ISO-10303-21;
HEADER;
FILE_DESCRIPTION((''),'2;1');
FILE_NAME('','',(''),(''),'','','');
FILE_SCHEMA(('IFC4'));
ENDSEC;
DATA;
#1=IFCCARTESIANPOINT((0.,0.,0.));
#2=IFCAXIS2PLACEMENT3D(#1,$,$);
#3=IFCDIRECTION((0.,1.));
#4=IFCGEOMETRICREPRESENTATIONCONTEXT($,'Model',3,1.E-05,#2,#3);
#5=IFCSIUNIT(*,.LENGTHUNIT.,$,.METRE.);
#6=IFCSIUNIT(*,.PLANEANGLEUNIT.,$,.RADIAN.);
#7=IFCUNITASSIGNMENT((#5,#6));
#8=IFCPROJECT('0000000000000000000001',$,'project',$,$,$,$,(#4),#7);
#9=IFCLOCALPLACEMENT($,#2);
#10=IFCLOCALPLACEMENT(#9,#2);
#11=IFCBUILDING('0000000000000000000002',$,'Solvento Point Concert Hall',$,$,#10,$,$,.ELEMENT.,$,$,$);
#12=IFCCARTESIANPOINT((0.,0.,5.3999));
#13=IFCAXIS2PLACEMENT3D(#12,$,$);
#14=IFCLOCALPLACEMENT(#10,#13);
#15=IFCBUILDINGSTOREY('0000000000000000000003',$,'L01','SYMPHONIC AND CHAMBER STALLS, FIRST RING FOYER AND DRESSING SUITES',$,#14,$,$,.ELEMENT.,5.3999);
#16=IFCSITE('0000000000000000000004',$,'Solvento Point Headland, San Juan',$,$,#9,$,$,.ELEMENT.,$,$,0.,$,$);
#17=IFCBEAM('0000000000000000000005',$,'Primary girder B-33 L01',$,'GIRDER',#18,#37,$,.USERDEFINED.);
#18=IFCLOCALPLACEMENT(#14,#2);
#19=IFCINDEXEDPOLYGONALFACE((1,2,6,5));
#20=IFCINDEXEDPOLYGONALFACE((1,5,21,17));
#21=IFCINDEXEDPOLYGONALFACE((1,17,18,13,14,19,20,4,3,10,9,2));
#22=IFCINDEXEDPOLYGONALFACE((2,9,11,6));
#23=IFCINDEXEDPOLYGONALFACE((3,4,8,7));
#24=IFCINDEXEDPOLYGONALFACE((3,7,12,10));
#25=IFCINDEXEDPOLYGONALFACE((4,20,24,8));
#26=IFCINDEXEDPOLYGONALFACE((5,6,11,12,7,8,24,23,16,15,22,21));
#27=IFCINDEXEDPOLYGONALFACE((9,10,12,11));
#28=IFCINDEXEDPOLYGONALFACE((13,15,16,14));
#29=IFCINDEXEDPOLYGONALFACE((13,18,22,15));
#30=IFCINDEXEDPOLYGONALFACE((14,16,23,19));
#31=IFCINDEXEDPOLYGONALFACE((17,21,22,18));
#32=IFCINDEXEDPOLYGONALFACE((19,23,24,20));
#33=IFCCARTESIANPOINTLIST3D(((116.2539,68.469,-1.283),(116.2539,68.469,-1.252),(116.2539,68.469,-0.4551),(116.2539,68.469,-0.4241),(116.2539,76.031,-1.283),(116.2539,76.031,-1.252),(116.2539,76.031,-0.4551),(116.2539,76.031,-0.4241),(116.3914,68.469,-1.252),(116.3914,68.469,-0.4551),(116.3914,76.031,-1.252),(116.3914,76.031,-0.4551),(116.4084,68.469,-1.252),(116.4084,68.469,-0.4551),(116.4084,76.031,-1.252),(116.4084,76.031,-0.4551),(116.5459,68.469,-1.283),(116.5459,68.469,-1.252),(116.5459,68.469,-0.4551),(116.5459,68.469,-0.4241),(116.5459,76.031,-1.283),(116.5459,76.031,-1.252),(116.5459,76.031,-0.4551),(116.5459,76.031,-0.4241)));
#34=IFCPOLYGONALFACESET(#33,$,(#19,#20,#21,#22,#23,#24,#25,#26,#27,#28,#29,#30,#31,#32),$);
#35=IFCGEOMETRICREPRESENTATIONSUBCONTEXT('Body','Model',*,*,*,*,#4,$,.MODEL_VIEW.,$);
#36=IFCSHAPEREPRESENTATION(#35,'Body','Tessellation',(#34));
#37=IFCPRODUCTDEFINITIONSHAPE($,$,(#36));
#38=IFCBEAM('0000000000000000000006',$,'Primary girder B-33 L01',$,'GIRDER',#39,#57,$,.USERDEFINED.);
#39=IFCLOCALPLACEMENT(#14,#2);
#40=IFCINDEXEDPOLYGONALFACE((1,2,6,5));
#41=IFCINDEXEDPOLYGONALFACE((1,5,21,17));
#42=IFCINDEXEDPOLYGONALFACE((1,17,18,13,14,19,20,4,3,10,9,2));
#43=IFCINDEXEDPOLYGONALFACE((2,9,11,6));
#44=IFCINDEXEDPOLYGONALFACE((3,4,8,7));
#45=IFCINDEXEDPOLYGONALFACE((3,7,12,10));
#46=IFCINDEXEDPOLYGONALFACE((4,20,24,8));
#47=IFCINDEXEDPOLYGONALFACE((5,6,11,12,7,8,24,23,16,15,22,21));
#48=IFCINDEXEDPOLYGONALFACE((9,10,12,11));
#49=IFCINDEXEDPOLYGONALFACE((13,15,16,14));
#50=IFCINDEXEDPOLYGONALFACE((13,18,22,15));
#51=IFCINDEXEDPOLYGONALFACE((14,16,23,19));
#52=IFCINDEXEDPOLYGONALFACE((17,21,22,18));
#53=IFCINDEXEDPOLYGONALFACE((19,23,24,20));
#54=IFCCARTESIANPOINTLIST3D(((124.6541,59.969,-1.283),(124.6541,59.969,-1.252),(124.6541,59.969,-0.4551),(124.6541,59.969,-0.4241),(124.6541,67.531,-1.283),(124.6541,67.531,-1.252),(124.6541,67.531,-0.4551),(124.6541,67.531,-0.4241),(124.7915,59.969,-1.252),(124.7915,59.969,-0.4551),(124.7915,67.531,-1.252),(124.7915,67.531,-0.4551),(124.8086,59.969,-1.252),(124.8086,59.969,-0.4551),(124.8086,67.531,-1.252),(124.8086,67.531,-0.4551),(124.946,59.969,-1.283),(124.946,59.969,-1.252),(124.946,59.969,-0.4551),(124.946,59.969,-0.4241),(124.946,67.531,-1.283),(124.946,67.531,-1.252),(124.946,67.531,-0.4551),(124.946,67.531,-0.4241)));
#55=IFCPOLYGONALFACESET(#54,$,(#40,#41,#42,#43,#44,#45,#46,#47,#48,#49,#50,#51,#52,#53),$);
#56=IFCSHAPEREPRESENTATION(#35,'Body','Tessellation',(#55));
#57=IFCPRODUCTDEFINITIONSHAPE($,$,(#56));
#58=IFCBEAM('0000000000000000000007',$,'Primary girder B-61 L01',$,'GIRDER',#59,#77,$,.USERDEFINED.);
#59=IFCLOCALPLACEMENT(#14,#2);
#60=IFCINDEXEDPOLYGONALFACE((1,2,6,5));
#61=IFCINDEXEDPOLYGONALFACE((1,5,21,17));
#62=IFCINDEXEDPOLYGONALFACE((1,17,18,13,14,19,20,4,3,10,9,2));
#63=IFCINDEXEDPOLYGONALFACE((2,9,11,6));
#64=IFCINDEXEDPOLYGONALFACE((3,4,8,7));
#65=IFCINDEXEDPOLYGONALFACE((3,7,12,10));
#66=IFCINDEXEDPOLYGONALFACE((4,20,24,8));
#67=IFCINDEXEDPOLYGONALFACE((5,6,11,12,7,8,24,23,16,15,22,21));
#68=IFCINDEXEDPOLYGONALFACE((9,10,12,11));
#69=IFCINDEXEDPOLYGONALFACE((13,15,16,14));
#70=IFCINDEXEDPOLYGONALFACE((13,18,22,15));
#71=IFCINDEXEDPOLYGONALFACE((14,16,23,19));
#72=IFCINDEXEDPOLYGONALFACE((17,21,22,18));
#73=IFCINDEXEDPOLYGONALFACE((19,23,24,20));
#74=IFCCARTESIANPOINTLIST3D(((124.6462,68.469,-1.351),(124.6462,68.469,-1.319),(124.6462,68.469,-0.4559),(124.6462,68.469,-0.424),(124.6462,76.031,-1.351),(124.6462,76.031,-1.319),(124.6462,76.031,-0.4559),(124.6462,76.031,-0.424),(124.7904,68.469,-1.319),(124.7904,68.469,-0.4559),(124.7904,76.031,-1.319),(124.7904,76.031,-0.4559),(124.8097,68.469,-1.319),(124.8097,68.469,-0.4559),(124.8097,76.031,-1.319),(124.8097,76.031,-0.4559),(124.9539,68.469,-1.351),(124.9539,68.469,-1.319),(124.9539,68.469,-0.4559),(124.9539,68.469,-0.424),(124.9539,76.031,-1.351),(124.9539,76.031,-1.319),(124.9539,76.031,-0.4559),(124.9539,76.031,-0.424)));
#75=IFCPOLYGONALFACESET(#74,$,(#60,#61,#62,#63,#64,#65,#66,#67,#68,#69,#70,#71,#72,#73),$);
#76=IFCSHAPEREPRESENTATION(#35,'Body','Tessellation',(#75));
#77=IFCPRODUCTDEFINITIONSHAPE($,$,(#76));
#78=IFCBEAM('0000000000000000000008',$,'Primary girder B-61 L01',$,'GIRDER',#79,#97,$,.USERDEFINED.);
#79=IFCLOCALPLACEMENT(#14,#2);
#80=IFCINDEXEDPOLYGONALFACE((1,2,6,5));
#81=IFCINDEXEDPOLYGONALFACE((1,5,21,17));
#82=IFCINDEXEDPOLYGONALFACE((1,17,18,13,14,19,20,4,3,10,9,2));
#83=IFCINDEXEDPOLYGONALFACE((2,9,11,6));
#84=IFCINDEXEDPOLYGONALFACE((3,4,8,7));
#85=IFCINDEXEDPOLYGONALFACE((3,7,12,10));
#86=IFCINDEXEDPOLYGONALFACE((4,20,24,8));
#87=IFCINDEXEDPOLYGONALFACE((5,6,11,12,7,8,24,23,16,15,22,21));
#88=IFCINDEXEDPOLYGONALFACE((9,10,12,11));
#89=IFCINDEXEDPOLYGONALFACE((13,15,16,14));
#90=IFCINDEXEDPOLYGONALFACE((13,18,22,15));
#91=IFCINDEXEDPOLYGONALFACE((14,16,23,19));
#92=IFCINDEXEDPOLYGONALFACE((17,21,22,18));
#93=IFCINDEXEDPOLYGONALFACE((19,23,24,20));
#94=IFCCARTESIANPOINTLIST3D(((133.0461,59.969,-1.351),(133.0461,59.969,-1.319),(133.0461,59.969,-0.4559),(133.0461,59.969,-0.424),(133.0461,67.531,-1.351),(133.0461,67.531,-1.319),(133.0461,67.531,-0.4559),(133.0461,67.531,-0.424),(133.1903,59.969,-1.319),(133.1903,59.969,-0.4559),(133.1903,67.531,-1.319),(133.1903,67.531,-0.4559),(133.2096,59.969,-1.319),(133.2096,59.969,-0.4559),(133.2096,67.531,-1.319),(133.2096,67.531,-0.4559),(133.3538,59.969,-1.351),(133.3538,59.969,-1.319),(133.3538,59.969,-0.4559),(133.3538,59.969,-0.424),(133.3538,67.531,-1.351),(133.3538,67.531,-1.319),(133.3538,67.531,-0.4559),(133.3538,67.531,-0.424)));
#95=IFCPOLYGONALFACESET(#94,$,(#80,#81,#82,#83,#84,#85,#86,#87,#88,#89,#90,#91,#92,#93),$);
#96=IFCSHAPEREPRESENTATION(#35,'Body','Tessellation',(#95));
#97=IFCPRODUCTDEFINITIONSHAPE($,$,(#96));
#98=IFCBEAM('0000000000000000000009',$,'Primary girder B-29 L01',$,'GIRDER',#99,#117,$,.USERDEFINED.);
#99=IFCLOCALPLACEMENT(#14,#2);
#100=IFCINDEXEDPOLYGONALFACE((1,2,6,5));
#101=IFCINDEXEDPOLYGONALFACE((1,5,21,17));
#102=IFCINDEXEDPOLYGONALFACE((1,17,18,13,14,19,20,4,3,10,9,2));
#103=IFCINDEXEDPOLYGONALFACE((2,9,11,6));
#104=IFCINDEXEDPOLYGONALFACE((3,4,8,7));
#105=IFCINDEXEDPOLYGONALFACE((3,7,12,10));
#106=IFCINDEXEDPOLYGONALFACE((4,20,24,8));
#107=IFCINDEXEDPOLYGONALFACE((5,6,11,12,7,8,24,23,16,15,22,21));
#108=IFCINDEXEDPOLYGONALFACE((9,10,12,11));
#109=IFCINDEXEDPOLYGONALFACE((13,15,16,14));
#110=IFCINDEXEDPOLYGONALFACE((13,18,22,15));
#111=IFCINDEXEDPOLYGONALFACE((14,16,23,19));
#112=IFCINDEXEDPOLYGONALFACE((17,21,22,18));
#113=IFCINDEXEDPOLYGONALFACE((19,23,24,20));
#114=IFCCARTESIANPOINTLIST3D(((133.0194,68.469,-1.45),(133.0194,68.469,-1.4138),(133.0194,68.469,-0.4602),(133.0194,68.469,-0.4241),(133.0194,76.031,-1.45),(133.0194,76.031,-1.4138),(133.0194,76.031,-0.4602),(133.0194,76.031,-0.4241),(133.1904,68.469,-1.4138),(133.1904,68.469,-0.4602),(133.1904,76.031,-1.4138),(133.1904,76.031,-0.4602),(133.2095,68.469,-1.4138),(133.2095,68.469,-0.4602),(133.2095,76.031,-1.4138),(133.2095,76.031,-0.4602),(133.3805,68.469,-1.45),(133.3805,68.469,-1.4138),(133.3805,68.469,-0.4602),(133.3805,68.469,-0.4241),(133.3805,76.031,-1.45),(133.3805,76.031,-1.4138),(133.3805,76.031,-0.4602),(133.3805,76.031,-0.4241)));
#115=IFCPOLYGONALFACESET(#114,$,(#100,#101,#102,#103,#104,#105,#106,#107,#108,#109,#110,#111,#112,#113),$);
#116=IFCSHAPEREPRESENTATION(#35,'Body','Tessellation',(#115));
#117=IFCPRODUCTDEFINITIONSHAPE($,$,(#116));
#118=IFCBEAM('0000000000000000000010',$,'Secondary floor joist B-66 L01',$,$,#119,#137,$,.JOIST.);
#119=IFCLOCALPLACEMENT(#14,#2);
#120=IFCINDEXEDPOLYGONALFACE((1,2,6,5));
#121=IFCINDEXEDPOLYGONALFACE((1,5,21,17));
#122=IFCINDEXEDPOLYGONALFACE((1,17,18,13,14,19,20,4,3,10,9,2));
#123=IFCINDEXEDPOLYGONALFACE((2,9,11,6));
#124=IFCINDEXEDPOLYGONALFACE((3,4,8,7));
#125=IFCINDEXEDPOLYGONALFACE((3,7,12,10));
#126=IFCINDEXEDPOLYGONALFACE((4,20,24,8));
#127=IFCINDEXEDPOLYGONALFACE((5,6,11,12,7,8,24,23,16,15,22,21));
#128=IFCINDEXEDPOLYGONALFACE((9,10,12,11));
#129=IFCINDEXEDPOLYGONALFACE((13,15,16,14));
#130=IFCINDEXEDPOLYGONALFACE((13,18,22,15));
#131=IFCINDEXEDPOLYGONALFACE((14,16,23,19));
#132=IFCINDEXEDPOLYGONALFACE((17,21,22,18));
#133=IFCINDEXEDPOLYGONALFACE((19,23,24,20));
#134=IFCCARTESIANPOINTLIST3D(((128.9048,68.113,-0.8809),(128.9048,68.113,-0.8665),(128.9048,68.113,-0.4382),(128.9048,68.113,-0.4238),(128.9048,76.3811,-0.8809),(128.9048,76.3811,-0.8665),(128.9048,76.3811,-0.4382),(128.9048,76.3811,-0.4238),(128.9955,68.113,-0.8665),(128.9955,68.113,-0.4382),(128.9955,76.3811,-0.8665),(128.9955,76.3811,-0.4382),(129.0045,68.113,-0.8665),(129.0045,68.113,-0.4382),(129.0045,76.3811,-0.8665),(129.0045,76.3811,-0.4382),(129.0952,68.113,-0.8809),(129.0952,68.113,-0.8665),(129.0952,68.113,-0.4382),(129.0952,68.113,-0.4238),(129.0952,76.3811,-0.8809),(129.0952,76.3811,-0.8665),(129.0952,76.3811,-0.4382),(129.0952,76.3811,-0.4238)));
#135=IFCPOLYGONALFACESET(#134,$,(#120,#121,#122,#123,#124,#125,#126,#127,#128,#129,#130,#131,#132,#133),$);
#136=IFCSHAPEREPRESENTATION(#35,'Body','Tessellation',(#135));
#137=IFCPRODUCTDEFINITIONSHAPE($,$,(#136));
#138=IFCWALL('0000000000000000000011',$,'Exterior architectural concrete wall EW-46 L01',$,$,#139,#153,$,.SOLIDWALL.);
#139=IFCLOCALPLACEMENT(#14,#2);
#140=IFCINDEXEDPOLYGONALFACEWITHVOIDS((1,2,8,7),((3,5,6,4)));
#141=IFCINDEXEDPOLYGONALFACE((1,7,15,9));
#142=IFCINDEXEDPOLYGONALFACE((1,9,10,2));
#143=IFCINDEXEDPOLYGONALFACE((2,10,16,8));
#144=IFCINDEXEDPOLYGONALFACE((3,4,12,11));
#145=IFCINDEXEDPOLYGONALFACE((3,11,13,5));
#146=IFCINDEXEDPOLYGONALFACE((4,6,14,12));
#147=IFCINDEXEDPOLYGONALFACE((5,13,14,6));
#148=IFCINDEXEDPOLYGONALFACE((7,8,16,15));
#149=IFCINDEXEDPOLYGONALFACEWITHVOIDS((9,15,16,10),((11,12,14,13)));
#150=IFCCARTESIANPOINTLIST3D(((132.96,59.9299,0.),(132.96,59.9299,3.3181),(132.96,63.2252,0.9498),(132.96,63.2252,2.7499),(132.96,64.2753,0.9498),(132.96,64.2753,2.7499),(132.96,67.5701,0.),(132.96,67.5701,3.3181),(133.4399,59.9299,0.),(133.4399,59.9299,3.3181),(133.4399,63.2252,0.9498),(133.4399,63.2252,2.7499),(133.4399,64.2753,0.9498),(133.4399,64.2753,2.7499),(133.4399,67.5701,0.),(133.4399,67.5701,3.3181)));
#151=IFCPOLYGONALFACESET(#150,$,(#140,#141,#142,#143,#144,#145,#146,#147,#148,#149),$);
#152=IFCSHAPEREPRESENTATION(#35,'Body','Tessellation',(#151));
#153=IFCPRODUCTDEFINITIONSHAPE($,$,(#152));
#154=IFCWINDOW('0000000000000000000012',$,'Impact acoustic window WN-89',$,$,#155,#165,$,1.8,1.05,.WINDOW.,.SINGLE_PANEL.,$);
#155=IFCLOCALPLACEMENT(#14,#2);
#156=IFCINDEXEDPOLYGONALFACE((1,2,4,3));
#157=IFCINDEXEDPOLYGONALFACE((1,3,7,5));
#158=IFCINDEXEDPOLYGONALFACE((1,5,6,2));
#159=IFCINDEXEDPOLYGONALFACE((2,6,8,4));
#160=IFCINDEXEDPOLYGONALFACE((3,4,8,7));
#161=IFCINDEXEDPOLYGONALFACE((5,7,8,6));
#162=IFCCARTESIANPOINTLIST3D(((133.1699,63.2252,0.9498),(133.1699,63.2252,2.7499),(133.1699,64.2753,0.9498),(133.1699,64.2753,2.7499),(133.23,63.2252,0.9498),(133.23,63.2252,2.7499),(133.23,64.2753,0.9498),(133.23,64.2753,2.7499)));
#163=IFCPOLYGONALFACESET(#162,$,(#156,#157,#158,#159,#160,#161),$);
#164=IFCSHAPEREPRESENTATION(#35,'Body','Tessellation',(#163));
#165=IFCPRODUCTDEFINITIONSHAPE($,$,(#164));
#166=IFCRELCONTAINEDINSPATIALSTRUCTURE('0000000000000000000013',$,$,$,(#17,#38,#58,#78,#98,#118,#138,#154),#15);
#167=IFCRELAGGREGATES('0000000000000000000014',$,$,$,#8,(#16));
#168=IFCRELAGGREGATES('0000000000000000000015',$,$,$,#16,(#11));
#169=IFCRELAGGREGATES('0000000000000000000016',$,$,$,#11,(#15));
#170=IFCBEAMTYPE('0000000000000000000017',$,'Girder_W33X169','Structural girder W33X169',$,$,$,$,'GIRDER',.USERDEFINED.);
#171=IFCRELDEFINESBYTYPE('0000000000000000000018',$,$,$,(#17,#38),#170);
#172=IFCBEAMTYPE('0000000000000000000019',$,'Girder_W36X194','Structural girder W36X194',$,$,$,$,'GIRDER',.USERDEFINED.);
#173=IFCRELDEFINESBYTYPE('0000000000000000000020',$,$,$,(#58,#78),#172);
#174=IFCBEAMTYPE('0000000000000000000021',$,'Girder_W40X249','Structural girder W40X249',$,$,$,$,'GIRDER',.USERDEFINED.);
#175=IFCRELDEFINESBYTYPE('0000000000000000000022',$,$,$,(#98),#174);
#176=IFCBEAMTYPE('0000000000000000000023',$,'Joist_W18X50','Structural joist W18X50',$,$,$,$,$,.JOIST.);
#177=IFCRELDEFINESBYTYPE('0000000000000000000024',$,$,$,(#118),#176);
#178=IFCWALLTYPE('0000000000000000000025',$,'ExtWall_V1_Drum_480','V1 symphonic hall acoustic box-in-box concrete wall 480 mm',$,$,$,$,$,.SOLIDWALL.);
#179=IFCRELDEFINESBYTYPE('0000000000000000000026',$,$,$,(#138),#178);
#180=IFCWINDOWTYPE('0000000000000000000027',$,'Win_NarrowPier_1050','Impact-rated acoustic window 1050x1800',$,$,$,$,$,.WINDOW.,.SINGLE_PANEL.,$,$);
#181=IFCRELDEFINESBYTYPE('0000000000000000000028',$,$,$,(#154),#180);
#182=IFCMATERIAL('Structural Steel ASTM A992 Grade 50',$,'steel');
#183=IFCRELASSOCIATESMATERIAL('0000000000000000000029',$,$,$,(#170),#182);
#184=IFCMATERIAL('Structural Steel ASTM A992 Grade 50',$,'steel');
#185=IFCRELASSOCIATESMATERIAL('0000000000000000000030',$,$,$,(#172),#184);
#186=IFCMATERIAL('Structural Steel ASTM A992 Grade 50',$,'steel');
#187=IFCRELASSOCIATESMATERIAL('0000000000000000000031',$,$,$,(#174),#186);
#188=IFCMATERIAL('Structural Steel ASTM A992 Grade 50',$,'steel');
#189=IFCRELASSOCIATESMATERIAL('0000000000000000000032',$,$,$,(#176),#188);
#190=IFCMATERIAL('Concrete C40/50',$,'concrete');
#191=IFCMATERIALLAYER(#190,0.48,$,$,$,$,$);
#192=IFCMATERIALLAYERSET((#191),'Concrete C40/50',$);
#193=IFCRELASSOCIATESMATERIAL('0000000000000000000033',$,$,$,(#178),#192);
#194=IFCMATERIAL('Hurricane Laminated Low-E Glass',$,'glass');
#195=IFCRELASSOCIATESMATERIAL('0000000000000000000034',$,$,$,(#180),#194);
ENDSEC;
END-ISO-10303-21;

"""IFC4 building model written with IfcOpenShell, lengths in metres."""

from ifc_helpers import new_model, si_unit, direction, frame, frame_2d, origin, origin_2d, place, context, subcontext, project, spatial, rectangle, i_section, extrude, material, layer, layer_set, material_profile, profile_set, type_object, element, fill, save


model = new_model("IFC4")

# Units and contexts
model_context = context("Model", 3, precision=1e-05, world=origin(), true_north=direction((0.0, 1.0)))
body_context = subcontext(model_context, "Body", "Model", "MODEL_VIEW")
ifc_project = project(units=[si_unit("LENGTHUNIT", "METRE"), si_unit("PLANEANGLEUNIT", "RADIAN")], contexts=[model_context])

# Site, building, storey
site_placement = place(None, origin())
site = spatial("IfcSite", under=ifc_project, at=site_placement, Name="Solvento Point Headland, San Juan", CompositionType="ELEMENT", RefElevation=0.0)
building_placement = place(site_placement, origin())
building = spatial("IfcBuilding", under=site, at=building_placement, Name="Solvento Point Concert Hall", CompositionType="ELEMENT")
storey_placement = place(building_placement, frame((0.0, 0.0, 5.3999)))
storey = spatial("IfcBuildingStorey", under=building, at=storey_placement, Name="L01", Description="SYMPHONIC AND CHAMBER STALLS, FIRST RING FOYER AND DRESSING SUITES", CompositionType="ELEMENT", Elevation=5.3999)

# Beams
ifc_material_1 = material(Name="Structural Steel ASTM A992 Grade 50", Category="steel")
ifc_material_profile_1 = material_profile(ifc_material_1, i_section(OverallWidth=0.292, OverallDepth=0.8589, WebThickness=0.0171, FlangeThickness=0.031, at=origin_2d()), Name="W33X169")
ifc_profile_set_1 = profile_set([ifc_material_profile_1], Name="Structural Steel ASTM A992 Grade 50")
beam_type_1 = type_object("IfcBeamType", Name="Girder_W33X169", Description="Structural girder W33X169", ElementType="GIRDER", PredefinedType="USERDEFINED", material=ifc_profile_set_1)
for number, where, z_axis, x_axis, name in (
    (1, (116.3999, 68.469, -0.8535), (0.0, 1.0, 0.0), (-1.0, 0.0, 0.0), "Primary girder B-33 L01"),
    (2, (124.8, 59.969, -0.8535), (0.0, 1.0, 0.0), (-1.0, 0.0, 0.0), "Primary girder B-33 L01"),
):
    element("IfcBeam", number, at=place(storey_placement, frame(where, z_axis=z_axis, x_axis=x_axis)), inside=storey, type_object=beam_type_1, Name=name, ObjectType="GIRDER", PredefinedType="USERDEFINED", context=body_context, shape_type="SweptSolid", body=[
        extrude(i_section(OverallWidth=0.292, OverallDepth=0.8589, WebThickness=0.0171, FlangeThickness=0.031, at=origin_2d()), origin(), (0.0, 0.0, 1.0), 7.562),
    ])
ifc_material_2 = material(Name="Structural Steel ASTM A992 Grade 50", Category="steel")
ifc_material_profile_2 = material_profile(ifc_material_2, i_section(OverallWidth=0.3076, OverallDepth=0.927, WebThickness=0.0193, FlangeThickness=0.032, at=origin_2d()), Name="W36X194")
ifc_profile_set_2 = profile_set([ifc_material_profile_2], Name="Structural Steel ASTM A992 Grade 50")
beam_type_2 = type_object("IfcBeamType", Name="Girder_W36X194", Description="Structural girder W36X194", ElementType="GIRDER", PredefinedType="USERDEFINED", material=ifc_profile_set_2)
for number, where, z_axis, x_axis, name in (
    (3, (124.8, 68.469, -0.8875), (0.0, 1.0, 0.0), (-1.0, 0.0, 0.0), "Primary girder B-61 L01"),
    (4, (133.2, 59.969, -0.8875), (0.0, 1.0, 0.0), (-1.0, 0.0, 0.0), "Primary girder B-61 L01"),
):
    element("IfcBeam", number, at=place(storey_placement, frame(where, z_axis=z_axis, x_axis=x_axis)), inside=storey, type_object=beam_type_2, Name=name, ObjectType="GIRDER", PredefinedType="USERDEFINED", context=body_context, shape_type="SweptSolid", body=[
        extrude(i_section(OverallWidth=0.3076, OverallDepth=0.927, WebThickness=0.0193, FlangeThickness=0.032, at=origin_2d()), origin(), (0.0, 0.0, 1.0), 7.562),
    ])
ifc_material_3 = material(Name="Structural Steel ASTM A992 Grade 50", Category="steel")
ifc_material_profile_3 = material_profile(ifc_material_3, i_section(OverallWidth=0.3611, OverallDepth=1.0259, WebThickness=0.019, FlangeThickness=0.0361, at=origin_2d()), Name="W40X249")
ifc_profile_set_3 = profile_set([ifc_material_profile_3], Name="Structural Steel ASTM A992 Grade 50")
beam_type_3 = type_object("IfcBeamType", Name="Girder_W40X249", Description="Structural girder W40X249", ElementType="GIRDER", PredefinedType="USERDEFINED", material=ifc_profile_set_3)
beam_1_placement = place(storey_placement, frame((133.2, 68.469, -0.937), z_axis=(0.0, 1.0, 0.0), x_axis=(-1.0, 0.0, 0.0)))
element("IfcBeam", 5, at=beam_1_placement, inside=storey, type_object=beam_type_3, Name="Primary girder B-29 L01", ObjectType="GIRDER", PredefinedType="USERDEFINED", context=body_context, shape_type="SweptSolid", body=[
    extrude(i_section(OverallWidth=0.3611, OverallDepth=1.0259, WebThickness=0.019, FlangeThickness=0.0361, at=origin_2d()), origin(), (0.0, 0.0, 1.0), 7.562),
])
ifc_material_4 = material(Name="Structural Steel ASTM A992 Grade 50", Category="steel")
ifc_material_profile_4 = material_profile(ifc_material_4, i_section(OverallWidth=0.1904, OverallDepth=0.457, WebThickness=0.009, FlangeThickness=0.0144, at=origin_2d()), Name="W18X50")
ifc_profile_set_4 = profile_set([ifc_material_profile_4], Name="Structural Steel ASTM A992 Grade 50")
beam_type_4 = type_object("IfcBeamType", Name="Joist_W18X50", Description="Structural joist W18X50", PredefinedType="JOIST", material=ifc_profile_set_4)
beam_2_placement = place(storey_placement, frame((129.0, 68.113, -0.6523), z_axis=(0.0, 1.0, 0.0), x_axis=(-1.0, 0.0, 0.0)))
element("IfcBeam", 6, at=beam_2_placement, inside=storey, type_object=beam_type_4, Name="Secondary floor joist B-66 L01", PredefinedType="JOIST", context=body_context, shape_type="SweptSolid", body=[
    extrude(i_section(OverallWidth=0.1904, OverallDepth=0.457, WebThickness=0.009, FlangeThickness=0.0144, at=origin_2d()), origin(), (0.0, 0.0, 1.0), 8.2681),
])

# Wall, opening, window
ifc_material_5 = material(Name="Concrete C40/50", Category="concrete")
ifc_layer = layer(ifc_material_5, 0.48)
ifc_layer_set = layer_set([ifc_layer], Name="Concrete C40/50")
wall_type = type_object("IfcWallType", Name="ExtWall_V1_Drum_480", Description="V1 symphonic hall acoustic box-in-box concrete wall 480 mm", PredefinedType="SOLIDWALL", material=ifc_layer_set)
wall_1_placement = place(storey_placement, frame((133.2, 67.5701, 0.0), z_axis=(0.0, 0.0, 1.0), x_axis=(0.0, -1.0, 0.0)))
wall_1 = element("IfcWall", 7, at=wall_1_placement, inside=storey, type_object=wall_type, Name="Exterior architectural concrete wall EW-46 L01", PredefinedType="SOLIDWALL", context=body_context, shape_type="SweptSolid", body=[
    extrude(rectangle(XDim=7.6401, YDim=0.48, at=frame_2d((3.8201, 0.0))), origin(), (0.0, 0.0, 1.0), 3.3181),
])
opening_1_placement = place(wall_1_placement, frame((3.2949, 0.0, 0.95)))
opening_1 = element("IfcOpeningElement", 8, at=opening_1_placement, cuts=wall_1, PredefinedType="OPENING", context=body_context, shape_type="SweptSolid", body=[
    extrude(rectangle(XDim=1.05, YDim=1.8, at=frame_2d((0.5249, 0.8999))), frame((0.0, 0.25, 0.0), z_axis=(0.0, -1.0, 0.0), x_axis=(1.0, 0.0, 0.0)), (0.0, 0.0, 1.0), 0.5),
])
ifc_material_6 = material(Name="Hurricane Laminated Low-E Glass", Category="glass")
window_type = type_object("IfcWindowType", Name="Win_NarrowPier_1050", Description="Impact-rated acoustic window 1050x1800", PartitioningType="SINGLE_PANEL", PredefinedType="WINDOW", material=ifc_material_6)
window_1_placement = place(opening_1_placement, origin())
window_1 = element("IfcWindow", 9, at=window_1_placement, inside=storey, type_object=window_type, Name="Impact acoustic window WN-89", OverallHeight=1.8, OverallWidth=1.05, PartitioningType="SINGLE_PANEL", PredefinedType="WINDOW", context=body_context, shape_type="SweptSolid", body=[
    extrude(rectangle(XDim=1.05, YDim=1.8, at=frame_2d((0.5249, 0.8999))), frame((0.0, 0.03, 0.0), z_axis=(0.0, -1.0, 0.0), x_axis=(1.0, 0.0, 0.0)), (0.0, 0.0, 1.0), 0.0601),
])
fill(opening_1, window_1)

save(model, "model.ifc")
